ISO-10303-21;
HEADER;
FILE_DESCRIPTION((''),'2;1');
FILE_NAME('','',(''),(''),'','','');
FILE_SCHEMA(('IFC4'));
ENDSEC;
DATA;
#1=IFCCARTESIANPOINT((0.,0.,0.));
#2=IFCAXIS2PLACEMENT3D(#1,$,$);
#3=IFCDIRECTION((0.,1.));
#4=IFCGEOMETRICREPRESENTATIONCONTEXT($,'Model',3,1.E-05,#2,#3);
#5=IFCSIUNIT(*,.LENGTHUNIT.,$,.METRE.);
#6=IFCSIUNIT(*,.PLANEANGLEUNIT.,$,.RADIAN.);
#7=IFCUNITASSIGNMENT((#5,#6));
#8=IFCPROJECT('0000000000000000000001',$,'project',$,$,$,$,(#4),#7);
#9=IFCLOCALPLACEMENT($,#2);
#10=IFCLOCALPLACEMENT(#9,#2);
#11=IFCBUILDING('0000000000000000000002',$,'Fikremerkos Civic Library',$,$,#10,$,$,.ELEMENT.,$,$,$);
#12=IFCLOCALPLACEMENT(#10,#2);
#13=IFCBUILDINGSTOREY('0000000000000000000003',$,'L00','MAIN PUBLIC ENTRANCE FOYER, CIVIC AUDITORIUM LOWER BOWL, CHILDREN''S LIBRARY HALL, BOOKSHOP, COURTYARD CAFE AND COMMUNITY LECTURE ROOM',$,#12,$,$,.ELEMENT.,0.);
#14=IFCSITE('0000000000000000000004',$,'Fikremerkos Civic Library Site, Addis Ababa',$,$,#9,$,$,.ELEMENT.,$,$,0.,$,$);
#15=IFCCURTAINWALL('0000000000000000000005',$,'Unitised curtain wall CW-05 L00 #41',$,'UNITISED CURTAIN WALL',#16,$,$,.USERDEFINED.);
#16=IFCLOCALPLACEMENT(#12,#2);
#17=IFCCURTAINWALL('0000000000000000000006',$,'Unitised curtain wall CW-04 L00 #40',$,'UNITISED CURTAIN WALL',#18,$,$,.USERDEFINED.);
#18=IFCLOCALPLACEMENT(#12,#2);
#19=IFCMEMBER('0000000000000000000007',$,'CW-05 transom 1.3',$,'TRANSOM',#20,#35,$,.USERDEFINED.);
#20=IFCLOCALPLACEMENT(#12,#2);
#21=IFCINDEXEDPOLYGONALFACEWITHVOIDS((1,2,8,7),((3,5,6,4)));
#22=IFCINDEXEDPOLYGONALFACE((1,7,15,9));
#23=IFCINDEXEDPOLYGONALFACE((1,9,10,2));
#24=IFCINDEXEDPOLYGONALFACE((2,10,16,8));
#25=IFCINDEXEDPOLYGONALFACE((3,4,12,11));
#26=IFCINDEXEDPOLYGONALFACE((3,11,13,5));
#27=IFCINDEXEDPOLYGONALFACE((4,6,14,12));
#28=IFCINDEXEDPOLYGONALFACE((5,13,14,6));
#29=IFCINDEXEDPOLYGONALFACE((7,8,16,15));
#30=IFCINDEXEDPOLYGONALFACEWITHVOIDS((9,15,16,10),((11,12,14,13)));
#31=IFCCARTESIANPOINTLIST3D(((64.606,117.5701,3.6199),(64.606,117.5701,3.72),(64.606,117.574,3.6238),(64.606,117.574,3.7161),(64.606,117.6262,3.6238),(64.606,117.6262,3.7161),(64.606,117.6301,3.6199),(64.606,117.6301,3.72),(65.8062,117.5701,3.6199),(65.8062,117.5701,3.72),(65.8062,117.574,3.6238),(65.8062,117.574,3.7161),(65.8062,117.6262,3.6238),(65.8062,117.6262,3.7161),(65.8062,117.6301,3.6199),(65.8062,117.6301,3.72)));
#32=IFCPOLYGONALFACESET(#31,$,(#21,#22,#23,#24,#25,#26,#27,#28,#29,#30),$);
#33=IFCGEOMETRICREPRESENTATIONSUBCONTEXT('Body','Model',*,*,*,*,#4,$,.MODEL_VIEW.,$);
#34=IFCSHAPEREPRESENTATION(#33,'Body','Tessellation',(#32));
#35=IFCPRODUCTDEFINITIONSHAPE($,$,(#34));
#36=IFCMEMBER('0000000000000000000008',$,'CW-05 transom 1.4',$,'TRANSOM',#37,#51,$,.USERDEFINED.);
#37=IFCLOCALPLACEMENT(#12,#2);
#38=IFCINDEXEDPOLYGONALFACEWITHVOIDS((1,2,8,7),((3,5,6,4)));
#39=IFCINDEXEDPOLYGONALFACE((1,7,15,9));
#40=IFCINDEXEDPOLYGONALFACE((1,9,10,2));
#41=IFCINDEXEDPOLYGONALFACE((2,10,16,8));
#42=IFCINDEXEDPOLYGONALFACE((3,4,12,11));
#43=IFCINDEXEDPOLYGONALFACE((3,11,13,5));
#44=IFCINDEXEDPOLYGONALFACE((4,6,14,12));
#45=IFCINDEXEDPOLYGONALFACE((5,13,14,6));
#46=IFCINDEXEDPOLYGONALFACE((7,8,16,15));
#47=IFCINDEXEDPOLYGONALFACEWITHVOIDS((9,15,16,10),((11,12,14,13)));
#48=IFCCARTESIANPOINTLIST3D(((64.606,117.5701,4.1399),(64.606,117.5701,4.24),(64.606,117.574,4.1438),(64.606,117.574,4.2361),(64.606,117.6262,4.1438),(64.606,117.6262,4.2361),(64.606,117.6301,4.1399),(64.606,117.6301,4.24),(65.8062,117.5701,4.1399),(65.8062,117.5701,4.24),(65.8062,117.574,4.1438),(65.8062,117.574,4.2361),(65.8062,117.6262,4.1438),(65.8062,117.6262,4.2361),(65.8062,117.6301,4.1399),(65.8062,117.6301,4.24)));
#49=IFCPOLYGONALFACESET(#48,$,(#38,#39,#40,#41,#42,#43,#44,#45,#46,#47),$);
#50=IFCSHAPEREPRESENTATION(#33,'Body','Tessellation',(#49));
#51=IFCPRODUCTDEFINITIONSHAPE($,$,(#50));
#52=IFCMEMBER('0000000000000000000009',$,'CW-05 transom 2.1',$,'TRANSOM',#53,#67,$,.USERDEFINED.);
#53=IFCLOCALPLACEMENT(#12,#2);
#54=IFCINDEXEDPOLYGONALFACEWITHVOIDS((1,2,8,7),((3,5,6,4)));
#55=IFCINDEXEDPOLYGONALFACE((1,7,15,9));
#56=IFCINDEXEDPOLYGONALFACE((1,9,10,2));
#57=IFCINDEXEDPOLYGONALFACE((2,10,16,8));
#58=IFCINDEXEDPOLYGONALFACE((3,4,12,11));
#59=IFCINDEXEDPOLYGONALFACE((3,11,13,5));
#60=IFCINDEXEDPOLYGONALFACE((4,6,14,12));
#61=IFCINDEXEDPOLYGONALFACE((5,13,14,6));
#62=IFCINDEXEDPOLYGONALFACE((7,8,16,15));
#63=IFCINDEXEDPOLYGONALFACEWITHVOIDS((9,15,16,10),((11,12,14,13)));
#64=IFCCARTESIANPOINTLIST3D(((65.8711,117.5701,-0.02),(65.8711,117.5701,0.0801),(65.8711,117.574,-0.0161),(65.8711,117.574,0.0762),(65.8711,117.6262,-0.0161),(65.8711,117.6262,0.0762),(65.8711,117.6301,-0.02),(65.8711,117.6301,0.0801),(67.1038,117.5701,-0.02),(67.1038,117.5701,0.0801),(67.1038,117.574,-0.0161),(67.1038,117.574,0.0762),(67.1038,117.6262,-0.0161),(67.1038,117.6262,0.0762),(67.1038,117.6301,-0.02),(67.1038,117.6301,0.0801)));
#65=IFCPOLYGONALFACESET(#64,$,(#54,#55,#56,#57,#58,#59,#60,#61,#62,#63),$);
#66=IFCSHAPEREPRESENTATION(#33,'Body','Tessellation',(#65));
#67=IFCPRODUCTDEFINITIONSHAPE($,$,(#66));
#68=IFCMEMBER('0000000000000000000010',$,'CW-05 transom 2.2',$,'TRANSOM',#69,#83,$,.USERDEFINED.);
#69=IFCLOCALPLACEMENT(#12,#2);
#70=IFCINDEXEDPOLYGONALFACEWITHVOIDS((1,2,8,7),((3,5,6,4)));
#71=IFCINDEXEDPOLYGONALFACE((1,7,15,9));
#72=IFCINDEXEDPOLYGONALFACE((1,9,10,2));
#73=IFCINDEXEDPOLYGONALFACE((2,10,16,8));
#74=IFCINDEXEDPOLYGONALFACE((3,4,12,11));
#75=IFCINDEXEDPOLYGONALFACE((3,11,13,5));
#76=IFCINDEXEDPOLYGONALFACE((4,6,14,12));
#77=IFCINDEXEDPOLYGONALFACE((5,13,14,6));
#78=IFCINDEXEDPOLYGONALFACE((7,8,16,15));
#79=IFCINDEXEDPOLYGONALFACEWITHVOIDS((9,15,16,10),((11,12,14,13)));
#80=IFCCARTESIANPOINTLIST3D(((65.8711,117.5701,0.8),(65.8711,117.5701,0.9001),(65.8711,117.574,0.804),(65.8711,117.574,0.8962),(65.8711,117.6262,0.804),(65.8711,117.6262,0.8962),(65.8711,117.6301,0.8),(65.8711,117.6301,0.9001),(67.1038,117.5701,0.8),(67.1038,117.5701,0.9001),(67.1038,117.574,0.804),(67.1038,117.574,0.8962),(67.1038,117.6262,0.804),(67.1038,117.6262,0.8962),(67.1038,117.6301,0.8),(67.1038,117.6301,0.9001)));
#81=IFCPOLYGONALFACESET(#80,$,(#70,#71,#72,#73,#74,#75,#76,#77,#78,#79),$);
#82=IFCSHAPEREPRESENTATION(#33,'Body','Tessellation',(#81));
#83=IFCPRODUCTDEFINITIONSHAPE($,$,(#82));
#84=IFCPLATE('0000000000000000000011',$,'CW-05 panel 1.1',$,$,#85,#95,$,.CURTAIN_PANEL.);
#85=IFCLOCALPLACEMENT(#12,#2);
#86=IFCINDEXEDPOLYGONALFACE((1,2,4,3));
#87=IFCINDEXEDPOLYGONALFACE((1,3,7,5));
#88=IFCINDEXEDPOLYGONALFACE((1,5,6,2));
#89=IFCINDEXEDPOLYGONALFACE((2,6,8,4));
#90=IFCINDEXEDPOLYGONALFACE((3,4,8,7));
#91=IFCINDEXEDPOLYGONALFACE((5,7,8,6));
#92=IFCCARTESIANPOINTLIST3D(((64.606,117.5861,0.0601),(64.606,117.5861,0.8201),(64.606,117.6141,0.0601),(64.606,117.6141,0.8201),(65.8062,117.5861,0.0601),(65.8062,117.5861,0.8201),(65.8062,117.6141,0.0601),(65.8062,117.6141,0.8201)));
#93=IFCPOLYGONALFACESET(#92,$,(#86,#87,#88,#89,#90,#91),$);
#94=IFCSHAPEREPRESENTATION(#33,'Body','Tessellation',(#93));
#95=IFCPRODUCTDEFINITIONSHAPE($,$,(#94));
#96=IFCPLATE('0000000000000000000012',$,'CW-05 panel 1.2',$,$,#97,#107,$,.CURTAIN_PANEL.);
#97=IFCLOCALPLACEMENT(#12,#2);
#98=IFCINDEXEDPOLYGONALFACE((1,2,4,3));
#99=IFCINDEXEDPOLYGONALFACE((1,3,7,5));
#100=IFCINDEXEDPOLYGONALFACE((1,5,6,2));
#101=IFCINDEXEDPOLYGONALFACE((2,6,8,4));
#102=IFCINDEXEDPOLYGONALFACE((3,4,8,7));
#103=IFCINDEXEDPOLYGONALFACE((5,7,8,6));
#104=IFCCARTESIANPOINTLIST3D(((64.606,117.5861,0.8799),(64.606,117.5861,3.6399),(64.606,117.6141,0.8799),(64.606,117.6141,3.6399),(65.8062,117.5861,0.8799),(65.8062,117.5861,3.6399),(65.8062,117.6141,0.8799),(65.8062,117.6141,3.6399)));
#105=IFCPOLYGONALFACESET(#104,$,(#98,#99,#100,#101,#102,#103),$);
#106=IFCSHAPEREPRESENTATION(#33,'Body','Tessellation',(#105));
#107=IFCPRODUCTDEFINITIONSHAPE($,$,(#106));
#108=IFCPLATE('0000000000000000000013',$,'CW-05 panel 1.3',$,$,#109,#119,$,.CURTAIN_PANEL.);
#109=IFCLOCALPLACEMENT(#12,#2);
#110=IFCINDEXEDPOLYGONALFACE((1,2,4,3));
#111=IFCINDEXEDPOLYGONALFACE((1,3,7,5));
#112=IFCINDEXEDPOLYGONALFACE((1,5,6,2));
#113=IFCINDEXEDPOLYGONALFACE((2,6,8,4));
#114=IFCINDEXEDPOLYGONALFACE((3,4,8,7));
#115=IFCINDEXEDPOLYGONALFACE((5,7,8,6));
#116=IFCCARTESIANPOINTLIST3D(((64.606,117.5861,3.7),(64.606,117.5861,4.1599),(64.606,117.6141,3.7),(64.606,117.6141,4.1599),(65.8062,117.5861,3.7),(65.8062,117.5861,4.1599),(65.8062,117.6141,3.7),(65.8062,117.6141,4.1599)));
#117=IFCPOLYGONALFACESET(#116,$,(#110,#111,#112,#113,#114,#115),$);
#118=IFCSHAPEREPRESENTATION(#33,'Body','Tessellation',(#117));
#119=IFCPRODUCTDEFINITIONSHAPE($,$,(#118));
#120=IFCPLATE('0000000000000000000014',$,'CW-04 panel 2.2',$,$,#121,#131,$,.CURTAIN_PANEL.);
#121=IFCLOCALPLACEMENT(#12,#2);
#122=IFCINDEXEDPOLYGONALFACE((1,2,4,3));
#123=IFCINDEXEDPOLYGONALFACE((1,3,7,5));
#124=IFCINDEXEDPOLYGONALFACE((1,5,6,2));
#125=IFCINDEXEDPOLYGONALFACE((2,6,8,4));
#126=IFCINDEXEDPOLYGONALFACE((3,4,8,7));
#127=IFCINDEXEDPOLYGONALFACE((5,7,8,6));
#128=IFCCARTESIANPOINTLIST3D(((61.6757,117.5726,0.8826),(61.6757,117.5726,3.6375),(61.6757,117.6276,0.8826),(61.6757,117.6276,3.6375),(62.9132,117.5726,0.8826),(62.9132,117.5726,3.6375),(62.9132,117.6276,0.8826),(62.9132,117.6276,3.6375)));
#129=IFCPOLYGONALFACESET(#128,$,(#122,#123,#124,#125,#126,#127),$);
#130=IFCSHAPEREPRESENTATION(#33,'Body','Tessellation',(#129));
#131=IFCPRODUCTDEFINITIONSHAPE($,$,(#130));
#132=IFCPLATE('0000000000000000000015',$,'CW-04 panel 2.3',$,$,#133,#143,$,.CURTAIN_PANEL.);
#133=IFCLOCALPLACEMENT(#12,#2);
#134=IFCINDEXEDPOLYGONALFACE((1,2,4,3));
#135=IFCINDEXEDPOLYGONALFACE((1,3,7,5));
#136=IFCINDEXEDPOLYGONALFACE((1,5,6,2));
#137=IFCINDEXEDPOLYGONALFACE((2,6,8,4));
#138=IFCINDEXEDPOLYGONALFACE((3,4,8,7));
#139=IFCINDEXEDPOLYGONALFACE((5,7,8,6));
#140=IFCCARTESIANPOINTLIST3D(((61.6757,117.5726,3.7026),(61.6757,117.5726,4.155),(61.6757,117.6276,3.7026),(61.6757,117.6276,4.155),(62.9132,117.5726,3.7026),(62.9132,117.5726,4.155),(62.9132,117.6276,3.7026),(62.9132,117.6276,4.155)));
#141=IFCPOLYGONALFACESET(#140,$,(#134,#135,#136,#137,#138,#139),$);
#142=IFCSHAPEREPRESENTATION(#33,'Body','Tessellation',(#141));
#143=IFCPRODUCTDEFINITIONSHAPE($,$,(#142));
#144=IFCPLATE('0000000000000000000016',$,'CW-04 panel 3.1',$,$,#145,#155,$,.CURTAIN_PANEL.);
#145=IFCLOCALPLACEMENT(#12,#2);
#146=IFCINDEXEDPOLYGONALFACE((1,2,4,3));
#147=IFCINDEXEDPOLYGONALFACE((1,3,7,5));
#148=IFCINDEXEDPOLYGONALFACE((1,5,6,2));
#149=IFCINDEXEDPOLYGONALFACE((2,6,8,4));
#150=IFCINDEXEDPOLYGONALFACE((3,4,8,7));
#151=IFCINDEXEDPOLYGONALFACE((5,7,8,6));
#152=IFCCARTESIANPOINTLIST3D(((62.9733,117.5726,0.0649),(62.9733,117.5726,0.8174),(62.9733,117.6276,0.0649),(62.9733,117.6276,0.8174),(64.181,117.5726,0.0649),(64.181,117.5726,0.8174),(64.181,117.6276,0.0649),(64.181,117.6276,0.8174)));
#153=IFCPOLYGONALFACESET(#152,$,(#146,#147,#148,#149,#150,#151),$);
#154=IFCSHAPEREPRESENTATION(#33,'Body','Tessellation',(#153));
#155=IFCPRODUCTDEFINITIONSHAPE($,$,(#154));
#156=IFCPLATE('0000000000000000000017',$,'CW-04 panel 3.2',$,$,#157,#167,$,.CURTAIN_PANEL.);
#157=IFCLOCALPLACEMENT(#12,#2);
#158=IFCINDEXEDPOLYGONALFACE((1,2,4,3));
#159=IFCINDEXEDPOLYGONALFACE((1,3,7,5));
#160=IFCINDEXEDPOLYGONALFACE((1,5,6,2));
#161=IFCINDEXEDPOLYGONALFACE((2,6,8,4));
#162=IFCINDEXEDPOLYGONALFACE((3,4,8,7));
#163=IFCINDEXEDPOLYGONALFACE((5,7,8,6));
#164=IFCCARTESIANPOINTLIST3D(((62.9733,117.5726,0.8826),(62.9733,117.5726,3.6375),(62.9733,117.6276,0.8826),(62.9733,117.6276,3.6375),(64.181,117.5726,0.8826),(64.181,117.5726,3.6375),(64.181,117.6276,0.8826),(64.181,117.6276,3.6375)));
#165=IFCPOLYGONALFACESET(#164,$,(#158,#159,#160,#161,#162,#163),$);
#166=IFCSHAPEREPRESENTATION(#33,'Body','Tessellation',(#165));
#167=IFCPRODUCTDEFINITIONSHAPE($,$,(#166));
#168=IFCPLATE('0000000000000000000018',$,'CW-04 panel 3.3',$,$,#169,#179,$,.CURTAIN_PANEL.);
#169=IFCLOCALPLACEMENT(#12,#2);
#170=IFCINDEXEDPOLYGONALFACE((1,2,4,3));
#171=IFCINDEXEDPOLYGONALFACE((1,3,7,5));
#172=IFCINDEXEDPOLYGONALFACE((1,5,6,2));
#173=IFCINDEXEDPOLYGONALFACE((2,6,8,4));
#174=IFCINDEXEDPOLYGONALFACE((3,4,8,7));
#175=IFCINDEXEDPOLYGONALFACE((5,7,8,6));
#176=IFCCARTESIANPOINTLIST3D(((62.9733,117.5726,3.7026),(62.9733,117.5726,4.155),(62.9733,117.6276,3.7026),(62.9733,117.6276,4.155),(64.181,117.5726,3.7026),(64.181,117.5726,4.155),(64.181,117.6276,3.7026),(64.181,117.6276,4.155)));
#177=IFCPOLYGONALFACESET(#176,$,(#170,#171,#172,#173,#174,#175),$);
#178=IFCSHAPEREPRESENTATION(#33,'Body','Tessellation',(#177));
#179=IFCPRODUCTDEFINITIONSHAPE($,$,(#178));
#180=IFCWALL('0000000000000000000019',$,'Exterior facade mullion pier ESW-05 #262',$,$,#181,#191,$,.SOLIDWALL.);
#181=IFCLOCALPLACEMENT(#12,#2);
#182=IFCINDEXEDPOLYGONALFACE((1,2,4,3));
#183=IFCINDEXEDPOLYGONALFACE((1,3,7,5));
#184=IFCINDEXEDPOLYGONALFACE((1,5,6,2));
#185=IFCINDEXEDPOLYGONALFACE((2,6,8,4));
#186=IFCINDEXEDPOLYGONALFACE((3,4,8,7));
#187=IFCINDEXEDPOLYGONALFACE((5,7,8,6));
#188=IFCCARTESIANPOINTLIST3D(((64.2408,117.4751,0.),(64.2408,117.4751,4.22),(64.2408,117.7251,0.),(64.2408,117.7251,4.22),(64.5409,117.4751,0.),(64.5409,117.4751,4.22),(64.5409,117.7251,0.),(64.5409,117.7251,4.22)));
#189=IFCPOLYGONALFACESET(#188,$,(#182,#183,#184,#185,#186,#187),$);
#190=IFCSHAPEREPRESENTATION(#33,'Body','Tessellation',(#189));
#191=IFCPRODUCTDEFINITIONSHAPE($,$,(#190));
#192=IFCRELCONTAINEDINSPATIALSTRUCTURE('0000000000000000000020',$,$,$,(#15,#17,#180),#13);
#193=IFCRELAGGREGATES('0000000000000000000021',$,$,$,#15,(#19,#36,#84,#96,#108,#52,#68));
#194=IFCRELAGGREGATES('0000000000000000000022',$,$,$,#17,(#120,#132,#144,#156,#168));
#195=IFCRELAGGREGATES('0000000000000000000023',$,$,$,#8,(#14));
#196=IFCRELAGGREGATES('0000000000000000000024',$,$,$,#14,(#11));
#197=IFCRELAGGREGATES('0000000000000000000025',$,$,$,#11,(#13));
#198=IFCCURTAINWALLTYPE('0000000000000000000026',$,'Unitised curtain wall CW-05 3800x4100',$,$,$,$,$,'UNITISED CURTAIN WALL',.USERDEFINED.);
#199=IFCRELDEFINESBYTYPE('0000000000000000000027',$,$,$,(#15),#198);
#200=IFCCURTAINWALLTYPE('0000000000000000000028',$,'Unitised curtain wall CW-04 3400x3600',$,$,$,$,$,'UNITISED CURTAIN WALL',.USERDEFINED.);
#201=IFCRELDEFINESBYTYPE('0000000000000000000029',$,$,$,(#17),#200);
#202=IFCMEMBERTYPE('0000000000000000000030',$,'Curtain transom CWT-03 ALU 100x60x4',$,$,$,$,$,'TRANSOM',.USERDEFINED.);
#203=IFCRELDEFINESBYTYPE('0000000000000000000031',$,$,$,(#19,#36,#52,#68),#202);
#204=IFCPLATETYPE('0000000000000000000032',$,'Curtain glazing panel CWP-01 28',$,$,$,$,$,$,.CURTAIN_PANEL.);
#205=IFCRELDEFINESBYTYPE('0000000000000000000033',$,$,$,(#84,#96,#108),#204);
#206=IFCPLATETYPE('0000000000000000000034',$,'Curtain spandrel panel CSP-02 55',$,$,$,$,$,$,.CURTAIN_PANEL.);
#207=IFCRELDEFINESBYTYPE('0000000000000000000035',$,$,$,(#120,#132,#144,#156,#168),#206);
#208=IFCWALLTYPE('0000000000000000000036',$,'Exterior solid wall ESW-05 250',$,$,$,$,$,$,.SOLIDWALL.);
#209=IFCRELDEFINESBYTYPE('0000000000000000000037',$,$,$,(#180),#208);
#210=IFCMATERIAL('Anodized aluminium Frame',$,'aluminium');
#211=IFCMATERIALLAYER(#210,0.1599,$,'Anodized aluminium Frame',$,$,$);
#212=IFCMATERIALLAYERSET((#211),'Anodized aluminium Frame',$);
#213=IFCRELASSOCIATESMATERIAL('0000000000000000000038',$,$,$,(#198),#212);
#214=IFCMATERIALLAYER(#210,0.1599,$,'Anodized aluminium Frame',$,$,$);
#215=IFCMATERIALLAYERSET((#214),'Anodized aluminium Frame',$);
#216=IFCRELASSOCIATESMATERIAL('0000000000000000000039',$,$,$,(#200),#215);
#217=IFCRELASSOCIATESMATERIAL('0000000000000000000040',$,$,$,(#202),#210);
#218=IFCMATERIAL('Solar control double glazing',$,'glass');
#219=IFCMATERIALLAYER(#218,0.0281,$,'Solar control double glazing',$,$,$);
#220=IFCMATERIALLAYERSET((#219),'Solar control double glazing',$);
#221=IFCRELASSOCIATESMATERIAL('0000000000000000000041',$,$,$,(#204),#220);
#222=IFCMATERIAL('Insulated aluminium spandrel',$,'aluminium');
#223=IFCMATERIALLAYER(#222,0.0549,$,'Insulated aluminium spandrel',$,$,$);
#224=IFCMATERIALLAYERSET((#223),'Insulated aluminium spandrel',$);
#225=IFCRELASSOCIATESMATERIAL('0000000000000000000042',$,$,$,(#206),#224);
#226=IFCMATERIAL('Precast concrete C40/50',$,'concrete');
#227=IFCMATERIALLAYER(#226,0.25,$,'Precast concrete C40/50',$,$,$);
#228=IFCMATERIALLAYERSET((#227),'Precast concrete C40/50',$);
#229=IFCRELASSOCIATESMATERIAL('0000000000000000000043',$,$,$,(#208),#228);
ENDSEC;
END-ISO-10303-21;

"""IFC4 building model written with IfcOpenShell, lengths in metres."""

from ifc_helpers import new_model, si_unit, direction, frame, frame_2d, origin, origin_2d, place, context, subcontext, project, spatial, rectangle, hollow_rectangle, extrude, material, layer, layer_set, material_profile, profile_set, type_object, element, aggregate, save


model = new_model("IFC4")

# Units and contexts
model_context = context("Model", 3, precision=1e-05, world=origin(), true_north=direction((0.0, 1.0)))
body_context = subcontext(model_context, "Body", "Model", "MODEL_VIEW")
ifc_project = project(units=[si_unit("LENGTHUNIT", "METRE"), si_unit("PLANEANGLEUNIT", "RADIAN")], contexts=[model_context])

# Site, building, storey
site_placement = place(None, origin())
site = spatial("IfcSite", under=ifc_project, at=site_placement, Name="Fikremerkos Civic Library Site, Addis Ababa", CompositionType="ELEMENT", RefElevation=0.0)
building_placement = place(site_placement, origin())
building = spatial("IfcBuilding", under=site, at=building_placement, Name="Fikremerkos Civic Library", CompositionType="ELEMENT")
storey_placement = place(building_placement, origin())
storey = spatial("IfcBuildingStorey", under=building, at=storey_placement, Name="L00", Description="MAIN PUBLIC ENTRANCE FOYER, CIVIC AUDITORIUM LOWER BOWL, CHILDREN'S LIBRARY HALL, BOOKSHOP, COURTYARD CAFE AND COMMUNITY LECTURE ROOM", CompositionType="ELEMENT", Elevation=0.0)

# Curtain walls
ifc_material_1 = material(Name="Anodized aluminium Frame", Category="aluminium")
ifc_layer_1 = layer(ifc_material_1, 0.1599, Name="Anodized aluminium Frame")
ifc_layer_set_1 = layer_set([ifc_layer_1], Name="Anodized aluminium Frame")
curtain_wall_type_1 = type_object("IfcCurtainWallType", Name="Unitised curtain wall CW-05 3800x4100", ElementType="UNITISED CURTAIN WALL", PredefinedType="USERDEFINED", material=ifc_layer_set_1)
curtain_wall_1_placement = place(storey_placement, origin())
curtain_wall_1 = element("IfcCurtainWall", 1, at=curtain_wall_1_placement, inside=storey, type_object=curtain_wall_type_1, Name="Unitised curtain wall CW-05 L00 #41", ObjectType="UNITISED CURTAIN WALL", PredefinedType="USERDEFINED")
ifc_layer_2 = layer(ifc_material_1, 0.1599, Name="Anodized aluminium Frame")
ifc_layer_set_2 = layer_set([ifc_layer_2], Name="Anodized aluminium Frame")
curtain_wall_type_2 = type_object("IfcCurtainWallType", Name="Unitised curtain wall CW-04 3400x3600", ElementType="UNITISED CURTAIN WALL", PredefinedType="USERDEFINED", material=ifc_layer_set_2)
curtain_wall_2_placement = place(storey_placement, origin())
curtain_wall_2 = element("IfcCurtainWall", 2, at=curtain_wall_2_placement, inside=storey, type_object=curtain_wall_type_2, Name="Unitised curtain wall CW-04 L00 #40", ObjectType="UNITISED CURTAIN WALL", PredefinedType="USERDEFINED")

# Members
ifc_material_profile_1 = material_profile(ifc_material_1, hollow_rectangle(XDim=0.0601, YDim=0.1001, WallThickness=0.0039, at=origin_2d()), Name="ALU 100x60x4")
ifc_profile_set_1 = profile_set([ifc_material_profile_1], Name="Anodized aluminium Frame")
member_type_1 = type_object("IfcMemberType", Name="Curtain transom CWT-03 ALU 100x60x4", ElementType="TRANSOM", PredefinedType="USERDEFINED", material=ifc_profile_set_1)
member_1_placement = place(storey_placement, frame((64.606, 117.6001, 3.6699), z_axis=(1.0, 0.0, 0.0), x_axis=(0.0, 1.0, 0.0)))
member_1 = element("IfcMember", 3, at=member_1_placement, type_object=member_type_1, Name="CW-05 transom 1.3", ObjectType="TRANSOM", PredefinedType="USERDEFINED", context=body_context, shape_type="SweptSolid", body=[
    extrude(hollow_rectangle(XDim=0.0601, YDim=0.1001, WallThickness=0.0039, at=origin_2d()), origin(), (0.0, 0.0, 1.0), 1.2002),
])
member_2_placement = place(storey_placement, frame((64.606, 117.6001, 4.1899), z_axis=(1.0, 0.0, 0.0), x_axis=(0.0, 1.0, 0.0)))
member_2 = element("IfcMember", 4, at=member_2_placement, type_object=member_type_1, Name="CW-05 transom 1.4", ObjectType="TRANSOM", PredefinedType="USERDEFINED", context=body_context, shape_type="SweptSolid", body=[
    extrude(hollow_rectangle(XDim=0.0601, YDim=0.1001, WallThickness=0.0039, at=origin_2d()), origin(), (0.0, 0.0, 1.0), 1.2002),
])
member_3_placement = place(storey_placement, frame((65.8711, 117.6001, 0.03), z_axis=(1.0, 0.0, 0.0), x_axis=(0.0, 1.0, 0.0)))
member_3 = element("IfcMember", 5, at=member_3_placement, type_object=member_type_1, Name="CW-05 transom 2.1", ObjectType="TRANSOM", PredefinedType="USERDEFINED", context=body_context, shape_type="SweptSolid", body=[
    extrude(hollow_rectangle(XDim=0.0601, YDim=0.1001, WallThickness=0.0039, at=origin_2d()), origin(), (0.0, 0.0, 1.0), 1.2327),
])
member_4_placement = place(storey_placement, frame((65.8711, 117.6001, 0.8501), z_axis=(1.0, 0.0, 0.0), x_axis=(0.0, 1.0, 0.0)))
member_4 = element("IfcMember", 6, at=member_4_placement, type_object=member_type_1, Name="CW-05 transom 2.2", ObjectType="TRANSOM", PredefinedType="USERDEFINED", context=body_context, shape_type="SweptSolid", body=[
    extrude(hollow_rectangle(XDim=0.0601, YDim=0.1001, WallThickness=0.0039, at=origin_2d()), origin(), (0.0, 0.0, 1.0), 1.2327),
])

# Plates
ifc_material_2 = material(Name="Solar control double glazing", Category="glass")
ifc_layer_3 = layer(ifc_material_2, 0.0281, Name="Solar control double glazing")
ifc_layer_set_3 = layer_set([ifc_layer_3], Name="Solar control double glazing")
plate_type_1 = type_object("IfcPlateType", Name="Curtain glazing panel CWP-01 28", PredefinedType="CURTAIN_PANEL", material=ifc_layer_set_3)
plate_1_placement = place(storey_placement, frame((65.2061, 117.6001, 0.0601), z_axis=(0.0, 0.0, 1.0), x_axis=(1.0, 0.0, 0.0)))
plate_1 = element("IfcPlate", 7, at=plate_1_placement, type_object=plate_type_1, Name="CW-05 panel 1.1", PredefinedType="CURTAIN_PANEL", context=body_context, shape_type="SweptSolid", body=[
    extrude(rectangle(XDim=1.2002, YDim=0.0281, at=origin_2d()), origin(), (0.0, 0.0, 1.0), 0.76),
])
plate_2_placement = place(storey_placement, frame((65.2061, 117.6001, 0.8799), z_axis=(0.0, 0.0, 1.0), x_axis=(1.0, 0.0, 0.0)))
plate_2 = element("IfcPlate", 8, at=plate_2_placement, type_object=plate_type_1, Name="CW-05 panel 1.2", PredefinedType="CURTAIN_PANEL", context=body_context, shape_type="SweptSolid", body=[
    extrude(rectangle(XDim=1.2002, YDim=0.0281, at=origin_2d()), origin(), (0.0, 0.0, 1.0), 2.76),
])
plate_3_placement = place(storey_placement, frame((65.2061, 117.6001, 3.7), z_axis=(0.0, 0.0, 1.0), x_axis=(1.0, 0.0, 0.0)))
plate_3 = element("IfcPlate", 9, at=plate_3_placement, type_object=plate_type_1, Name="CW-05 panel 1.3", PredefinedType="CURTAIN_PANEL", context=body_context, shape_type="SweptSolid", body=[
    extrude(rectangle(XDim=1.2002, YDim=0.0281, at=origin_2d()), origin(), (0.0, 0.0, 1.0), 0.46),
])
aggregate(curtain_wall_1, [member_1, member_2, plate_1, plate_2, plate_3, member_3, member_4])
ifc_material_3 = material(Name="Insulated aluminium spandrel", Category="aluminium")
ifc_layer_4 = layer(ifc_material_3, 0.0549, Name="Insulated aluminium spandrel")
ifc_layer_set_4 = layer_set([ifc_layer_4], Name="Insulated aluminium spandrel")
plate_type_2 = type_object("IfcPlateType", Name="Curtain spandrel panel CSP-02 55", PredefinedType="CURTAIN_PANEL", material=ifc_layer_set_4)
plate_4_placement = place(storey_placement, frame((62.2944, 117.6001, 0.8826), z_axis=(0.0, 0.0, 1.0), x_axis=(1.0, 0.0, 0.0)))
plate_4 = element("IfcPlate", 10, at=plate_4_placement, type_object=plate_type_2, Name="CW-04 panel 2.2", PredefinedType="CURTAIN_PANEL", context=body_context, shape_type="SweptSolid", body=[
    extrude(rectangle(XDim=1.2375, YDim=0.0549, at=origin_2d()), origin(), (0.0, 0.0, 1.0), 2.7549),
])
plate_5_placement = place(storey_placement, frame((62.2944, 117.6001, 3.7026), z_axis=(0.0, 0.0, 1.0), x_axis=(1.0, 0.0, 0.0)))
plate_5 = element("IfcPlate", 11, at=plate_5_placement, type_object=plate_type_2, Name="CW-04 panel 2.3", PredefinedType="CURTAIN_PANEL", context=body_context, shape_type="SweptSolid", body=[
    extrude(rectangle(XDim=1.2375, YDim=0.0549, at=origin_2d()), origin(), (0.0, 0.0, 1.0), 0.4524),
])
plate_6_placement = place(storey_placement, frame((63.5771, 117.6001, 0.0649), z_axis=(0.0, 0.0, 1.0), x_axis=(1.0, 0.0, 0.0)))
plate_6 = element("IfcPlate", 12, at=plate_6_placement, type_object=plate_type_2, Name="CW-04 panel 3.1", PredefinedType="CURTAIN_PANEL", context=body_context, shape_type="SweptSolid", body=[
    extrude(rectangle(XDim=1.2078, YDim=0.0549, at=origin_2d()), origin(), (0.0, 0.0, 1.0), 0.7524),
])
plate_7_placement = place(storey_placement, frame((63.5771, 117.6001, 0.8826), z_axis=(0.0, 0.0, 1.0), x_axis=(1.0, 0.0, 0.0)))
plate_7 = element("IfcPlate", 13, at=plate_7_placement, type_object=plate_type_2, Name="CW-04 panel 3.2", PredefinedType="CURTAIN_PANEL", context=body_context, shape_type="SweptSolid", body=[
    extrude(rectangle(XDim=1.2078, YDim=0.0549, at=origin_2d()), origin(), (0.0, 0.0, 1.0), 2.7549),
])
plate_8_placement = place(storey_placement, frame((63.5771, 117.6001, 3.7026), z_axis=(0.0, 0.0, 1.0), x_axis=(1.0, 0.0, 0.0)))
plate_8 = element("IfcPlate", 14, at=plate_8_placement, type_object=plate_type_2, Name="CW-04 panel 3.3", PredefinedType="CURTAIN_PANEL", context=body_context, shape_type="SweptSolid", body=[
    extrude(rectangle(XDim=1.2078, YDim=0.0549, at=origin_2d()), origin(), (0.0, 0.0, 1.0), 0.4524),
])
aggregate(curtain_wall_2, [plate_4, plate_5, plate_6, plate_7, plate_8])

# Wall
ifc_material_4 = material(Name="Precast concrete C40/50", Category="concrete")
ifc_layer_5 = layer(ifc_material_4, 0.25, Name="Precast concrete C40/50")
ifc_layer_set_5 = layer_set([ifc_layer_5], Name="Precast concrete C40/50")
wall_type = type_object("IfcWallType", Name="Exterior solid wall ESW-05 250", PredefinedType="SOLIDWALL", material=ifc_layer_set_5)
wall_placement = place(storey_placement, frame((64.241, 117.6001, 0.0), z_axis=(0.0, 0.0, 1.0), x_axis=(1.0, 0.0, 0.0)))
element("IfcWall", 15, at=wall_placement, inside=storey, type_object=wall_type, Name="Exterior facade mullion pier ESW-05 #262", PredefinedType="SOLIDWALL", context=body_context, shape_type="SweptSolid", body=[
    extrude(rectangle(XDim=0.3, YDim=0.25, at=frame_2d((0.1499, 0.0))), origin(), (0.0, 0.0, 1.0), 4.22),
])

save(model, "model.ifc")
